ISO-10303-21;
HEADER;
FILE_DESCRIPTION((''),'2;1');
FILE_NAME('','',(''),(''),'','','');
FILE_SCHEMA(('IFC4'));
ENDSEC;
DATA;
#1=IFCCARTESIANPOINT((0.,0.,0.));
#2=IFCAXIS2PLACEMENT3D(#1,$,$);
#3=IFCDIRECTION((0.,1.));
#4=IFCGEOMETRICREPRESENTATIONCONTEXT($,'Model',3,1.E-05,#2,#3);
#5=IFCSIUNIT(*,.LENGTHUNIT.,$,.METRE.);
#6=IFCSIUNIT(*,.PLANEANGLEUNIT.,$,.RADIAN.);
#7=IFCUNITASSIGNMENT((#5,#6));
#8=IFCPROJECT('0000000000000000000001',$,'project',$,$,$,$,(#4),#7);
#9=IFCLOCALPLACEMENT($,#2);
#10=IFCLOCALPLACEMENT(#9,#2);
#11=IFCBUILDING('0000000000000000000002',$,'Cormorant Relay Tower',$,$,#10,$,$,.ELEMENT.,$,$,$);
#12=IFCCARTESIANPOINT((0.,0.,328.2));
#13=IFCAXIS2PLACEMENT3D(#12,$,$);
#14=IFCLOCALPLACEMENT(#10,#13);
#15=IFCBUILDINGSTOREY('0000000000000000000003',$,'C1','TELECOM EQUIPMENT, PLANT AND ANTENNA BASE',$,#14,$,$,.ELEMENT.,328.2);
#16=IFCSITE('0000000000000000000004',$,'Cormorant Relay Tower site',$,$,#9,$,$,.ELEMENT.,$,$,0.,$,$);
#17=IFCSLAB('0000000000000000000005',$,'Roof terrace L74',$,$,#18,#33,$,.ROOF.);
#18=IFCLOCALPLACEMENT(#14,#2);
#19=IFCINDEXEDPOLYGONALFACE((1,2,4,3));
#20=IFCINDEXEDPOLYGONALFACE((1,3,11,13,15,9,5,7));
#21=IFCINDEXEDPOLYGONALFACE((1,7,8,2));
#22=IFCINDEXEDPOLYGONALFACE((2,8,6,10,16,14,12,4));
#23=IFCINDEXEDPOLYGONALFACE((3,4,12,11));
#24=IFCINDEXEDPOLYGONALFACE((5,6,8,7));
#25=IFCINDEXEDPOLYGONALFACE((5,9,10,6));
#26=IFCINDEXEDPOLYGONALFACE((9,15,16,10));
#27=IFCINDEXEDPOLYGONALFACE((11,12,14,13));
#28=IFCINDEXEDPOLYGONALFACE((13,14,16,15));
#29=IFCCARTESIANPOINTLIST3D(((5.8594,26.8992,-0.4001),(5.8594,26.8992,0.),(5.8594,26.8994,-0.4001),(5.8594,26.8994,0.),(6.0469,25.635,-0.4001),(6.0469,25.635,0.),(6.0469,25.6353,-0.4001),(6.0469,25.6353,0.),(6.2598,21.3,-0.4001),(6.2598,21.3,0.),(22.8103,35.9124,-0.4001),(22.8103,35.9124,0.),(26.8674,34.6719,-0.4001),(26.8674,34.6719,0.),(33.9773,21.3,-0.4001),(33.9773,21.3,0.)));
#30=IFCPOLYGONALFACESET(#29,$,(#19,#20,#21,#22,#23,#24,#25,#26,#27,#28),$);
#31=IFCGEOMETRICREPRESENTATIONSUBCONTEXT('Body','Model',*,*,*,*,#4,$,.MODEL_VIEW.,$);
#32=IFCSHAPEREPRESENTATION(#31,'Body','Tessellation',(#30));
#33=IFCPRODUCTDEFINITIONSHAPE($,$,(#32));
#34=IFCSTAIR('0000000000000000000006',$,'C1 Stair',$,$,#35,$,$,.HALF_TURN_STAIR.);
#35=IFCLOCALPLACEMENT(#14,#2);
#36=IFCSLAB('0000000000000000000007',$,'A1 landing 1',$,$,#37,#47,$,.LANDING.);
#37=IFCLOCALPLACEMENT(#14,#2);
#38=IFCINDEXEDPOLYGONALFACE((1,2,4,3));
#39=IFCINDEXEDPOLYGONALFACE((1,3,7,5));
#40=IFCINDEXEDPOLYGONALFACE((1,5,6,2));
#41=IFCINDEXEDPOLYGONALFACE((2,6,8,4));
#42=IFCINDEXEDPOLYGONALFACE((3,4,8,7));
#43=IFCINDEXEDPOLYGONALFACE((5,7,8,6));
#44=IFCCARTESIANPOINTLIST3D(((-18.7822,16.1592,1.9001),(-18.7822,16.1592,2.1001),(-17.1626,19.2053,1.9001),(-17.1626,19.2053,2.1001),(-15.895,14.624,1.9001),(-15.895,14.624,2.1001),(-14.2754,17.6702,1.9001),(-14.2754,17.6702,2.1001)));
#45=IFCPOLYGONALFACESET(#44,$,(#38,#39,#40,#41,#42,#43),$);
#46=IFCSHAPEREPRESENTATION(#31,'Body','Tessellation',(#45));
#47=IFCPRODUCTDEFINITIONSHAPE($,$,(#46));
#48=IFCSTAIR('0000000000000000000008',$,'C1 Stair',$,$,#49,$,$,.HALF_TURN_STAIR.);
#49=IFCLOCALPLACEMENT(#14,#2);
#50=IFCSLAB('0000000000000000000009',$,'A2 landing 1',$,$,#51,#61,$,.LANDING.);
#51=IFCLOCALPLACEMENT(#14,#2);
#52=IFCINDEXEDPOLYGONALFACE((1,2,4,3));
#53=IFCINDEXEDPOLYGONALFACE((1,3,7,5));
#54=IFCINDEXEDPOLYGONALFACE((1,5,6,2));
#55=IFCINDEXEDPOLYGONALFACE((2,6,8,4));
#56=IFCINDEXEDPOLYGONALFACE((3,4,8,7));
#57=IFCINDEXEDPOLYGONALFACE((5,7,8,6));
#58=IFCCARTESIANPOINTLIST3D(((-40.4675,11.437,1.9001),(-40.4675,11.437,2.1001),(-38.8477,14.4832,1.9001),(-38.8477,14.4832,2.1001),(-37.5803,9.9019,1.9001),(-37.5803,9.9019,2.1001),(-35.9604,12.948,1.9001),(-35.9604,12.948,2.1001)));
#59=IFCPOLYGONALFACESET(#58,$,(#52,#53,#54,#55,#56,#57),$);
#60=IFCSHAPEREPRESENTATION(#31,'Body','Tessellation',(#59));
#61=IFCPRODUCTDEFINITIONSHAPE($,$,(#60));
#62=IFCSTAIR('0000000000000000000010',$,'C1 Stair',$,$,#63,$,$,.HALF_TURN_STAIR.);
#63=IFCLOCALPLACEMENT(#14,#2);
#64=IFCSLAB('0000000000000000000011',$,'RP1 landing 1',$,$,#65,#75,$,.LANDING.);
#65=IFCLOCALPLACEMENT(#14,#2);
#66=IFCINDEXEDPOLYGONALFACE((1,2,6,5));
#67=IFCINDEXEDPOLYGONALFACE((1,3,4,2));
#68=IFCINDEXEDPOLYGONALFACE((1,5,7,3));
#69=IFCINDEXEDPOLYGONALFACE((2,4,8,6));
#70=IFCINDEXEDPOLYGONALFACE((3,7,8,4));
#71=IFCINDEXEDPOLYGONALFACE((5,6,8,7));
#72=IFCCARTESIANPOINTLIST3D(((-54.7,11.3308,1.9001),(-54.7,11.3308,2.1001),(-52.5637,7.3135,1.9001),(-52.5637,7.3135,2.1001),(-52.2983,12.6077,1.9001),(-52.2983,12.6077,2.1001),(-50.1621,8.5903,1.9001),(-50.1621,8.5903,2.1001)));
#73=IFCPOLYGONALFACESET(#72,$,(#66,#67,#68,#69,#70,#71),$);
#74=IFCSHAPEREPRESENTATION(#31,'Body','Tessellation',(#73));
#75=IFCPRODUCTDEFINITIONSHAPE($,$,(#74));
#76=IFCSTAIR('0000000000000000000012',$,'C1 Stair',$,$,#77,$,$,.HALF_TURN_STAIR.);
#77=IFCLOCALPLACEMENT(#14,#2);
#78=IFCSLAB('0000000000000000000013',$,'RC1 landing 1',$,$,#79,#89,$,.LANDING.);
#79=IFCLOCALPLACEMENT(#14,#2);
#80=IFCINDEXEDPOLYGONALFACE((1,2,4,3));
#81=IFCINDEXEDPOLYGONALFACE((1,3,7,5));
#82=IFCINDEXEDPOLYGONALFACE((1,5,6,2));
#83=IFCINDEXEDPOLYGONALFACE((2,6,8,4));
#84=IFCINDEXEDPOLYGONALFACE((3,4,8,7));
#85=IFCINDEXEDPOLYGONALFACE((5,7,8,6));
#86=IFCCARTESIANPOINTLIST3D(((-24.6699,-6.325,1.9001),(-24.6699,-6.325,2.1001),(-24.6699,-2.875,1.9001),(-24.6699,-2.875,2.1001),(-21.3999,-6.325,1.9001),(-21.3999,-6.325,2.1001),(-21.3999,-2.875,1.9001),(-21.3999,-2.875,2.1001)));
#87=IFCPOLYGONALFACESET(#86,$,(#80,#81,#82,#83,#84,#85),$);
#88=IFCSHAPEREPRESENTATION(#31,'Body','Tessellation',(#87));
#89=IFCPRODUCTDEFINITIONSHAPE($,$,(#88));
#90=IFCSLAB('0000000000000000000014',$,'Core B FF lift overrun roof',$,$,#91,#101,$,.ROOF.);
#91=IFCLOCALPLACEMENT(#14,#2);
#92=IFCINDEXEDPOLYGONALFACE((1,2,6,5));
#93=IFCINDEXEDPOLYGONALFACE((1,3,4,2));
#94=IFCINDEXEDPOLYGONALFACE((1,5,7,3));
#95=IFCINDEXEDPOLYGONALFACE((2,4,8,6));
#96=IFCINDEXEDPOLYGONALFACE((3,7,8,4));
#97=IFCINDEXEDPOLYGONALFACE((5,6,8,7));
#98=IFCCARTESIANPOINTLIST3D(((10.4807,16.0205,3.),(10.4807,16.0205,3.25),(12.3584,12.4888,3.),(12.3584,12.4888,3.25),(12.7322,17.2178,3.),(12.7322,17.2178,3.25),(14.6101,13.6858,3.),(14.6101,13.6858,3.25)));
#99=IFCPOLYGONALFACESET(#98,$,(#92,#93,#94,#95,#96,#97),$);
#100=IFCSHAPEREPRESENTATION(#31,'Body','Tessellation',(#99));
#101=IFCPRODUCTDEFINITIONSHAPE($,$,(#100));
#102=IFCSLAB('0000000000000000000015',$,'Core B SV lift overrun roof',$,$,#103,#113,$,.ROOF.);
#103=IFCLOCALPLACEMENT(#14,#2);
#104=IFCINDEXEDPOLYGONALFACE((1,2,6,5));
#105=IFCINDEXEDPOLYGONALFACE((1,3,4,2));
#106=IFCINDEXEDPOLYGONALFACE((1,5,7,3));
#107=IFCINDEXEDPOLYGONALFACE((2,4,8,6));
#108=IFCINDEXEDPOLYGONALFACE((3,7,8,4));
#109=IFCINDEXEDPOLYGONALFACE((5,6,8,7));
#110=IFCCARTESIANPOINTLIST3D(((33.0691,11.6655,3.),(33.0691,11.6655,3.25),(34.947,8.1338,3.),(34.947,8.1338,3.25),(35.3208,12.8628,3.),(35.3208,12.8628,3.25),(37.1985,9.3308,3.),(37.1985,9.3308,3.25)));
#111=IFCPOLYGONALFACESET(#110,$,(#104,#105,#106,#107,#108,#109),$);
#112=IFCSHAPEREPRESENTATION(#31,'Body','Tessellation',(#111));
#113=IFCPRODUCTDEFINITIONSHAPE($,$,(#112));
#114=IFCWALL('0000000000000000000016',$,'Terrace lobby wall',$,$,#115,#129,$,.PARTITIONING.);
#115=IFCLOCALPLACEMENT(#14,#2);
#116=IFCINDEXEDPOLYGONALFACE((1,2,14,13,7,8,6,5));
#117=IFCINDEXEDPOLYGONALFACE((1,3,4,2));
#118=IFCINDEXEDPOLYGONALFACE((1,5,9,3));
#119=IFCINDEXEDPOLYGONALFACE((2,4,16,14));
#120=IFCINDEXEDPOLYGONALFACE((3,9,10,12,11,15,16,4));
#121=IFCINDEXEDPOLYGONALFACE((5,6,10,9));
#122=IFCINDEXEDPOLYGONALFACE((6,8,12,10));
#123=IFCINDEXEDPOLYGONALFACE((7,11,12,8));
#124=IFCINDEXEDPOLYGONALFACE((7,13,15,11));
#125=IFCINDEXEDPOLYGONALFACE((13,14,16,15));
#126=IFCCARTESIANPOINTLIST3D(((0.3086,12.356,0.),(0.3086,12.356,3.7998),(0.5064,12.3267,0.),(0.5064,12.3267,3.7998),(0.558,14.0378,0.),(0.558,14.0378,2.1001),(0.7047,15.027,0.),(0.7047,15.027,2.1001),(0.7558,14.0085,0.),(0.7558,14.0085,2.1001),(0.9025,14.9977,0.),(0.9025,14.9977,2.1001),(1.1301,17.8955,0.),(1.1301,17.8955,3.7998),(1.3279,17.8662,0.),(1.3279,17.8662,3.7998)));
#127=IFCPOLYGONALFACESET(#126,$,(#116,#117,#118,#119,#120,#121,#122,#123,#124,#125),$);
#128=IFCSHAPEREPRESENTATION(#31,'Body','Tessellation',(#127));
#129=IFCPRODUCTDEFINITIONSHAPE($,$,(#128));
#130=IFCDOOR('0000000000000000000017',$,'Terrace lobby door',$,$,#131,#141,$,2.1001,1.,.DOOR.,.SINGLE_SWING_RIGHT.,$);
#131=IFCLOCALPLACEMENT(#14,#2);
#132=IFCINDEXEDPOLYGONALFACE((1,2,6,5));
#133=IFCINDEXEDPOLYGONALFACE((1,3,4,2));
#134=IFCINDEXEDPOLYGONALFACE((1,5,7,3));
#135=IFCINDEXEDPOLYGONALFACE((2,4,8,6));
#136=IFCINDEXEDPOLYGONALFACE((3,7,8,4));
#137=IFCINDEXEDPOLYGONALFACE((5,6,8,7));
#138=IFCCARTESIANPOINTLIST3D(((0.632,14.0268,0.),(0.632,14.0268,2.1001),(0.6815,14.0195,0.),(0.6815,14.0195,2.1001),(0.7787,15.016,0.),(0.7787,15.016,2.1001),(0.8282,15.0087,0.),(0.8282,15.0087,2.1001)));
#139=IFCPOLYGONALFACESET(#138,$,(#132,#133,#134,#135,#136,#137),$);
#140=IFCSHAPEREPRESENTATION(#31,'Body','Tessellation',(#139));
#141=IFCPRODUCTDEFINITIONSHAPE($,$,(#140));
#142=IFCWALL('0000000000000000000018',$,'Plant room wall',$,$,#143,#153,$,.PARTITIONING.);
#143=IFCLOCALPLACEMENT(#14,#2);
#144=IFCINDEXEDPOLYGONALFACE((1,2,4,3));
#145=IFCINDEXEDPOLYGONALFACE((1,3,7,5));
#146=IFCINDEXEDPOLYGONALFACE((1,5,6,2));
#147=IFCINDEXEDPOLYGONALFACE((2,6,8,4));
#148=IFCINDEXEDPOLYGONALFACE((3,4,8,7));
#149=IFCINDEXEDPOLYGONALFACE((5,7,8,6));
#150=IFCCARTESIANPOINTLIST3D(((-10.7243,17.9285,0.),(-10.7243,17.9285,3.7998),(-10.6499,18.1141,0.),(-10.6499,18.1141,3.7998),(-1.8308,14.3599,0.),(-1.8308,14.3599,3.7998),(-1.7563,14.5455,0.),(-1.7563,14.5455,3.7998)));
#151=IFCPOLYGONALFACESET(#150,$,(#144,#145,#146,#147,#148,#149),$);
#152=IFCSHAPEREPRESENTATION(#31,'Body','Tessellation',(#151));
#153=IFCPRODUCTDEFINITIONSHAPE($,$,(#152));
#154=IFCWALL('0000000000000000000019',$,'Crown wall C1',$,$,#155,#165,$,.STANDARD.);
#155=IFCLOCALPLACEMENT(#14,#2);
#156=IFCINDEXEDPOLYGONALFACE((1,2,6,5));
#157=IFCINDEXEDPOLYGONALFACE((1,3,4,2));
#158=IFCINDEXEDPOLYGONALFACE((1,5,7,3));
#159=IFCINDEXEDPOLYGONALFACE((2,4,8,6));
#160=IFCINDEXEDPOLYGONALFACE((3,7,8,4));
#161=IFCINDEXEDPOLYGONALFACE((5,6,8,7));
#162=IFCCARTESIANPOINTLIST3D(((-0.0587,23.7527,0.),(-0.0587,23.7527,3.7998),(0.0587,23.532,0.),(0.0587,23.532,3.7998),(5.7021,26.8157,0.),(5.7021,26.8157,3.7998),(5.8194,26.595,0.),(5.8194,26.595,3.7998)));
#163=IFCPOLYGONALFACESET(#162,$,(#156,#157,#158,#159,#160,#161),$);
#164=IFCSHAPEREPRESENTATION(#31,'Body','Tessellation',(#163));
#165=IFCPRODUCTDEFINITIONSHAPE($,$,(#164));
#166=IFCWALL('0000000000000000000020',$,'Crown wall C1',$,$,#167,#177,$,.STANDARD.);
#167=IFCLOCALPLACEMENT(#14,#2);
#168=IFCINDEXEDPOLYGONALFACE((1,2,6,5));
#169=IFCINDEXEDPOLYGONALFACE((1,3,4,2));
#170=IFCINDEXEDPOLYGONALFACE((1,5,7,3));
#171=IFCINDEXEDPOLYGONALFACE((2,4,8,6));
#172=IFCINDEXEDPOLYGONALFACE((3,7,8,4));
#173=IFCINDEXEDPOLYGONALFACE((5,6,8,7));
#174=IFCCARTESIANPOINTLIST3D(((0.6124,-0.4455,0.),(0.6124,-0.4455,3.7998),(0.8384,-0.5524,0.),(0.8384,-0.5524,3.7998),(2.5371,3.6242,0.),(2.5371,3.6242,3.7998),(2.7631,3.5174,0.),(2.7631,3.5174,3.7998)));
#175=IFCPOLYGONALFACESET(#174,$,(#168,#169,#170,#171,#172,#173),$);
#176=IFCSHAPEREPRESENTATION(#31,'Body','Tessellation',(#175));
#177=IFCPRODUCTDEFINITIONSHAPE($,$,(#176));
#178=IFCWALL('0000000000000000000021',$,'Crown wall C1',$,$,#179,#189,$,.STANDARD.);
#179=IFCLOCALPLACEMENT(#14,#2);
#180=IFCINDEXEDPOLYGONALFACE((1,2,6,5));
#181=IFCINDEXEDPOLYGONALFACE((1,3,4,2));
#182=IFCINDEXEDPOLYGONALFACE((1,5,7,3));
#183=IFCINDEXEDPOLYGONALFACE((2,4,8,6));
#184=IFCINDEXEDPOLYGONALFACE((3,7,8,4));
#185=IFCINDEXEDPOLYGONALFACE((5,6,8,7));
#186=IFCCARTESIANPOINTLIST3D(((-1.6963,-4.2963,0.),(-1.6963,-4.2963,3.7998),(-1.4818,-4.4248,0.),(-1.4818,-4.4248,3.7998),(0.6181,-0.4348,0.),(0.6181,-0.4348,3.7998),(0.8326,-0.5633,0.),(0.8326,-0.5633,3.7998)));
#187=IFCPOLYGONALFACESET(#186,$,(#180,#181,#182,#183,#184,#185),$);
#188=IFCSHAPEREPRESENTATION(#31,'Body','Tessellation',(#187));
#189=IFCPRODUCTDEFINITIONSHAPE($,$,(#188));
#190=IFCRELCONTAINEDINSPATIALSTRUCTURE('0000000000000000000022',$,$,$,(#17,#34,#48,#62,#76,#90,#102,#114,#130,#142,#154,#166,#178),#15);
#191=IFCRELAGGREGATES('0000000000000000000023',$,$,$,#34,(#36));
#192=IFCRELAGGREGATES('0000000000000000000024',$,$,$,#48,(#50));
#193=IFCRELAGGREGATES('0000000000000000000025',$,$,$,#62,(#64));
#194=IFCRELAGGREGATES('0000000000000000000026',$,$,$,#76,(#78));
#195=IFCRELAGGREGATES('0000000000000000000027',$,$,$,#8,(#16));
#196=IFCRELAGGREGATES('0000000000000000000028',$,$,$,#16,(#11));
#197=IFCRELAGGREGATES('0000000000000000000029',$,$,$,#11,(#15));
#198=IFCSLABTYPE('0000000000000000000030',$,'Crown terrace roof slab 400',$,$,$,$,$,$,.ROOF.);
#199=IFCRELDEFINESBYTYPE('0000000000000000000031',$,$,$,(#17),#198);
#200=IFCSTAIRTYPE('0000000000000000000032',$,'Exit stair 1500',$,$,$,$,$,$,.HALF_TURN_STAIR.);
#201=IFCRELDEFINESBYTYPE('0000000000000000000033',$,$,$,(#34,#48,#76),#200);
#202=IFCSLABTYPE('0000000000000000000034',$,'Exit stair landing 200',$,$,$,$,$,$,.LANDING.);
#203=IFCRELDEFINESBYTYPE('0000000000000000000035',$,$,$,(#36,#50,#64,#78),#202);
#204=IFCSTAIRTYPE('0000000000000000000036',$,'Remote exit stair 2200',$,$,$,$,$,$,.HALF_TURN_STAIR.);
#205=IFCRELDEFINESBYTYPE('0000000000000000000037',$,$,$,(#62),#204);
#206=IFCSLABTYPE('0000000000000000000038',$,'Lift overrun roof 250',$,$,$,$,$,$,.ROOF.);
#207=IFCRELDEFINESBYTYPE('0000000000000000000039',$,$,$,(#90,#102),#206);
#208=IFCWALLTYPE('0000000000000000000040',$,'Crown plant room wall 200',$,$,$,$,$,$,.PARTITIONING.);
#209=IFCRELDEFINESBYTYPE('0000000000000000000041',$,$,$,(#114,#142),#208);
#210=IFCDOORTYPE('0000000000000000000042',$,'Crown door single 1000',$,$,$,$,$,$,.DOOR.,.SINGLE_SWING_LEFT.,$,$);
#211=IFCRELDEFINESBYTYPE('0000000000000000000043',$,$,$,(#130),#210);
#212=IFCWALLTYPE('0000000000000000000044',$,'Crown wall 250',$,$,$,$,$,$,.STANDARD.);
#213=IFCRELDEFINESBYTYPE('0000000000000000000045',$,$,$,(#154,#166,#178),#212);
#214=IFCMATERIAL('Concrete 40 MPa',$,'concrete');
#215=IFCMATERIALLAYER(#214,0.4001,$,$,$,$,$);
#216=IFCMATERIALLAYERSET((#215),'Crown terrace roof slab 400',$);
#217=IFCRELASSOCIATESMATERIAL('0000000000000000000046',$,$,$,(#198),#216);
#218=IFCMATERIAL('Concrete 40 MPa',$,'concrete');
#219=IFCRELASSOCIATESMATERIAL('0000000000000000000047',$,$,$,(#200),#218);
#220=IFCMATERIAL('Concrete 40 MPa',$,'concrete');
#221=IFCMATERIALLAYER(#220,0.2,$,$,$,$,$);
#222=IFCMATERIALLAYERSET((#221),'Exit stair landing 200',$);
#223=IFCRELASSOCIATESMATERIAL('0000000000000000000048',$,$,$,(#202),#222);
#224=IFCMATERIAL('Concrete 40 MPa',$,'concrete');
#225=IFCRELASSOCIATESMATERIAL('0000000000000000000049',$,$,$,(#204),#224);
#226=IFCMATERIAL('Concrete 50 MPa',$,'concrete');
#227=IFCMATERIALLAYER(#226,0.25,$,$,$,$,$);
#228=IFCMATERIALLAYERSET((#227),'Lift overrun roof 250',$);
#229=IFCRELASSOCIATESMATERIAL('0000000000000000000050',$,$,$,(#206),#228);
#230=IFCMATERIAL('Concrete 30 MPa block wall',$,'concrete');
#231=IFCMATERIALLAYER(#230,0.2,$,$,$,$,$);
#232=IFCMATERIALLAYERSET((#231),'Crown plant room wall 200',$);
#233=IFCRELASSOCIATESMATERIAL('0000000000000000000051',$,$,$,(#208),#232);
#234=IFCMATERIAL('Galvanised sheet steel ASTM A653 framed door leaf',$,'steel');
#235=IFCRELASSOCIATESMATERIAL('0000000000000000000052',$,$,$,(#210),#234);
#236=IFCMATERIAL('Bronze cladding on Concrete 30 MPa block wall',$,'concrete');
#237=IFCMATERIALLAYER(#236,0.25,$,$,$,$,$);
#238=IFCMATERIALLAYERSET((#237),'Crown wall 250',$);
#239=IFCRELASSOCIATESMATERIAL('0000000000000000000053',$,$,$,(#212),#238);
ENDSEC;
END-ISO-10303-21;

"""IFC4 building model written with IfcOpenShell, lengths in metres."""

from ifc_helpers import new_model, si_unit, direction, frame, frame_2d, origin, place, context, subcontext, project, spatial, polyline, rectangle, outline, extrude, material, layer, layer_set, type_object, element, fill, aggregate, save


model = new_model("IFC4")

# Units and contexts
model_context = context("Model", 3, precision=1e-05, world=origin(), true_north=direction((0.0, 1.0)))
body_context = subcontext(model_context, "Body", "Model", "MODEL_VIEW")
ifc_project = project(units=[si_unit("LENGTHUNIT", "METRE"), si_unit("PLANEANGLEUNIT", "RADIAN")], contexts=[model_context])

# Site, building, storey
site_placement = place(None, origin())
site = spatial("IfcSite", under=ifc_project, at=site_placement, Name="Cormorant Relay Tower site", CompositionType="ELEMENT", RefElevation=0.0)
building_placement = place(site_placement, origin())
building = spatial("IfcBuilding", under=site, at=building_placement, Name="Cormorant Relay Tower", CompositionType="ELEMENT")
storey_placement = place(building_placement, frame((0.0, 0.0, 328.2)))
storey = spatial("IfcBuildingStorey", under=building, at=storey_placement, Name="C1", Description="TELECOM EQUIPMENT, PLANT AND ANTENNA BASE", CompositionType="ELEMENT", Elevation=328.2)

# Slab
ifc_material_1 = material(Name="Concrete 40 MPa", Category="concrete")
ifc_layer_1 = layer(ifc_material_1, 0.4001)
ifc_layer_set_1 = layer_set([ifc_layer_1], Name="Crown terrace roof slab 400")
slab_type_1 = type_object("IfcSlabType", Name="Crown terrace roof slab 400", PredefinedType="ROOF", material=ifc_layer_set_1)
slab_1_placement = place(storey_placement, frame((0.0, 0.0, -0.4001)))
element("IfcSlab", 1, at=slab_1_placement, inside=storey, type_object=slab_type_1, Name="Roof terrace L74", PredefinedType="ROOF", context=body_context, shape_type="SweptSolid", body=[
    extrude(outline(polyline([(6.2598, 21.3), (33.9773, 21.3), (26.8674, 34.6719), (22.8103, 35.9124), (5.8594, 26.8994), (5.8594, 26.8994), (5.8594, 26.8994), (5.8594, 26.8992), (5.8594, 26.8992), (6.0469, 25.6353), (6.0469, 25.635), (6.2598, 21.3)])), origin(), (0.0, 0.0, 1.0), 0.4001),
])

# Stairs, slabs
ifc_material_2 = material(Name="Concrete 40 MPa", Category="concrete")
stair_type_1 = type_object("IfcStairType", Name="Exit stair 1500", PredefinedType="HALF_TURN_STAIR", material=ifc_material_2)
stair_1_placement = place(storey_placement, origin())
stair_1 = element("IfcStair", 2, at=stair_1_placement, inside=storey, type_object=stair_type_1, Name="C1 Stair", PredefinedType="HALF_TURN_STAIR")
ifc_material_3 = material(Name="Concrete 40 MPa", Category="concrete")
ifc_layer_2 = layer(ifc_material_3, 0.2)
ifc_layer_set_2 = layer_set([ifc_layer_2], Name="Exit stair landing 200")
slab_type_2 = type_object("IfcSlabType", Name="Exit stair landing 200", PredefinedType="LANDING", material=ifc_layer_set_2)
slab_2_placement = place(storey_placement, frame((0.0, 0.0, 1.9001)))
slab_2 = element("IfcSlab", 3, at=slab_2_placement, type_object=slab_type_2, Name="A1 landing 1", PredefinedType="LANDING", context=body_context, shape_type="SweptSolid", body=[
    extrude(outline(polyline([(-18.7822, 16.1592), (-15.895, 14.624), (-14.2754, 17.6702), (-17.1626, 19.2053), (-18.7822, 16.1592)])), origin(), (0.0, 0.0, 1.0), 0.2),
])
aggregate(stair_1, [slab_2])
stair_2_placement = place(storey_placement, origin())
stair_2 = element("IfcStair", 4, at=stair_2_placement, inside=storey, type_object=stair_type_1, Name="C1 Stair", PredefinedType="HALF_TURN_STAIR")
slab_3_placement = place(storey_placement, frame((0.0, 0.0, 1.9001)))
slab_3 = element("IfcSlab", 5, at=slab_3_placement, type_object=slab_type_2, Name="A2 landing 1", PredefinedType="LANDING", context=body_context, shape_type="SweptSolid", body=[
    extrude(outline(polyline([(-35.9604, 12.948), (-38.8477, 14.4832), (-40.4675, 11.437), (-37.5803, 9.9019), (-35.9604, 12.948)])), origin(), (0.0, 0.0, 1.0), 0.2),
])
aggregate(stair_2, [slab_3])
ifc_material_4 = material(Name="Concrete 40 MPa", Category="concrete")
stair_type_2 = type_object("IfcStairType", Name="Remote exit stair 2200", PredefinedType="HALF_TURN_STAIR", material=ifc_material_4)
stair_3_placement = place(storey_placement, origin())
stair_3 = element("IfcStair", 6, at=stair_3_placement, inside=storey, type_object=stair_type_2, Name="C1 Stair", PredefinedType="HALF_TURN_STAIR")
slab_4_placement = place(storey_placement, frame((0.0, 0.0, 1.9001)))
slab_4 = element("IfcSlab", 7, at=slab_4_placement, type_object=slab_type_2, Name="RP1 landing 1", PredefinedType="LANDING", context=body_context, shape_type="SweptSolid", body=[
    extrude(outline(polyline([(-52.2983, 12.6077), (-54.7, 11.3308), (-52.5637, 7.3135), (-50.1621, 8.5903), (-52.2983, 12.6077)])), origin(), (0.0, 0.0, 1.0), 0.2),
])
aggregate(stair_3, [slab_4])
stair_4_placement = place(storey_placement, origin())
stair_4 = element("IfcStair", 8, at=stair_4_placement, inside=storey, type_object=stair_type_1, Name="C1 Stair", PredefinedType="HALF_TURN_STAIR")
slab_5_placement = place(storey_placement, frame((0.0, 0.0, 1.9001)))
slab_5 = element("IfcSlab", 9, at=slab_5_placement, type_object=slab_type_2, Name="RC1 landing 1", PredefinedType="LANDING", context=body_context, shape_type="SweptSolid", body=[
    extrude(outline(polyline([(-24.6699, -6.325), (-21.3999, -6.325), (-21.3999, -2.875), (-24.6699, -2.875), (-24.6699, -6.325)])), origin(), (0.0, 0.0, 1.0), 0.2),
])
aggregate(stair_4, [slab_5])

# Slabs
ifc_material_5 = material(Name="Concrete 50 MPa", Category="concrete")
ifc_layer_3 = layer(ifc_material_5, 0.25)
ifc_layer_set_3 = layer_set([ifc_layer_3], Name="Lift overrun roof 250")
slab_type_3 = type_object("IfcSlabType", Name="Lift overrun roof 250", PredefinedType="ROOF", material=ifc_layer_set_3)
slab_6_placement = place(storey_placement, frame((0.0, 0.0, 3.0)))
element("IfcSlab", 10, at=slab_6_placement, inside=storey, type_object=slab_type_3, Name="Core B FF lift overrun roof", PredefinedType="ROOF", context=body_context, shape_type="SweptSolid", body=[
    extrude(outline(polyline([(14.6101, 13.6858), (12.3584, 12.4888), (10.4807, 16.0205), (12.7322, 17.2178), (14.6101, 13.6858)])), origin(), (0.0, 0.0, 1.0), 0.25),
])
slab_7_placement = place(storey_placement, frame((0.0, 0.0, 3.0)))
element("IfcSlab", 11, at=slab_7_placement, inside=storey, type_object=slab_type_3, Name="Core B SV lift overrun roof", PredefinedType="ROOF", context=body_context, shape_type="SweptSolid", body=[
    extrude(outline(polyline([(37.1985, 9.3308), (34.947, 8.1338), (33.0691, 11.6655), (35.3208, 12.8628), (37.1985, 9.3308)])), origin(), (0.0, 0.0, 1.0), 0.25),
])

# Wall, opening, door
ifc_material_6 = material(Name="Concrete 30 MPa block wall", Category="concrete")
ifc_layer_4 = layer(ifc_material_6, 0.2)
ifc_layer_set_4 = layer_set([ifc_layer_4], Name="Crown plant room wall 200")
wall_type_1 = type_object("IfcWallType", Name="Crown plant room wall 200", PredefinedType="PARTITIONING", material=ifc_layer_set_4)
wall_1_placement = place(storey_placement, frame((1.229, 17.8809, 0.0), z_axis=(0.0, 0.0, 1.0), x_axis=(-0.146699, -0.989181, 0.0)))
wall_1 = element("IfcWall", 12, at=wall_1_placement, inside=storey, type_object=wall_type_1, Name="Terrace lobby wall", PredefinedType="PARTITIONING", context=body_context, shape_type="SweptSolid", body=[
    extrude(rectangle(XDim=5.6001, YDim=0.2, at=frame_2d((2.8, 0.0))), origin(), (0.0, 0.0, 1.0), 3.7998),
])
opening_placement = place(wall_1_placement, frame((2.8999, 0.0, 0.0)))
opening = element("IfcOpeningElement", 13, at=opening_placement, cuts=wall_1, PredefinedType="OPENING", context=body_context, shape_type="SweptSolid", body=[
    extrude(rectangle(XDim=1.0, YDim=2.1001, at=frame_2d((0.5, 1.05))), frame((0.0, 0.1099, 0.0), z_axis=(0.0, -1.0, 0.0), x_axis=(1.0, 0.0, 0.0)), (0.0, 0.0, 1.0), 0.22),
])
ifc_material_7 = material(Name="Galvanised sheet steel ASTM A653 framed door leaf", Category="steel")
door_type = type_object("IfcDoorType", Name="Crown door single 1000", OperationType="SINGLE_SWING_LEFT", PredefinedType="DOOR", material=ifc_material_7)
door_placement = place(opening_placement, origin())
door = element("IfcDoor", 14, at=door_placement, inside=storey, type_object=door_type, Name="Terrace lobby door", OperationType="SINGLE_SWING_RIGHT", OverallHeight=2.1001, OverallWidth=1.0, PredefinedType="DOOR", context=body_context, shape_type="SweptSolid", body=[
    extrude(rectangle(XDim=1.0, YDim=2.1001, at=frame_2d((0.5, 1.05))), frame((0.0, 0.0249, 0.0), z_axis=(0.0, -1.0, 0.0), x_axis=(1.0, 0.0, 0.0)), (0.0, 0.0, 1.0), 0.05),
])
fill(opening, door)

# Walls
wall_2_placement = place(storey_placement, frame((-1.7935, 14.4526, 0.0), z_axis=(0.0, 0.0, 1.0), x_axis=(-0.928074, 0.372396, 0.0)))
element("IfcWall", 15, at=wall_2_placement, inside=storey, type_object=wall_type_1, Name="Plant room wall", PredefinedType="PARTITIONING", context=body_context, shape_type="SweptSolid", body=[
    extrude(rectangle(XDim=9.5828, YDim=0.2, at=frame_2d((4.7915, 0.0))), origin(), (0.0, 0.0, 1.0), 3.7998),
])
ifc_material_8 = material(Name="Bronze cladding on Concrete 30 MPa block wall", Category="concrete")
ifc_layer_5 = layer(ifc_material_8, 0.25)
ifc_layer_set_5 = layer_set([ifc_layer_5], Name="Crown wall 250")
wall_type_2 = type_object("IfcWallType", Name="Crown wall 250", PredefinedType="STANDARD", material=ifc_layer_set_5)
wall_3_placement = place(storey_placement, frame((0.0, 23.6423, 0.0), z_axis=(0.0, 0.0, 1.0), x_axis=(0.882951, 0.469465, 0.0)))
element("IfcWall", 16, at=wall_3_placement, inside=storey, type_object=wall_type_2, Name="Crown wall C1", PredefinedType="STANDARD", context=body_context, shape_type="SweptSolid", body=[
    extrude(rectangle(XDim=6.5244, YDim=0.25, at=frame_2d((3.2622, 0.0))), origin(), (0.0, 0.0, 1.0), 3.7998),
])
for number, where, z_axis, x_axis, name in (
    (17, (2.6501, 3.5708, 0.0), (0.0, 0.0, 1.0), (-0.427541, -0.903996, 0.0), "Crown wall C1"),
    (18, (0.7253, -0.499, 0.0), (0.0, 0.0, 1.0), (-0.514089, -0.857737, 0.0), "Crown wall C1"),
):
    element("IfcWall", number, at=place(storey_placement, frame(where, z_axis=z_axis, x_axis=x_axis)), inside=storey, type_object=wall_type_2, Name=name, PredefinedType="STANDARD", context=body_context, shape_type="SweptSolid", body=[
        extrude(rectangle(XDim=4.502, YDim=0.25, at=frame_2d((2.251, 0.0))), origin(), (0.0, 0.0, 1.0), 3.7998),
    ])

save(model, "model.ifc")
